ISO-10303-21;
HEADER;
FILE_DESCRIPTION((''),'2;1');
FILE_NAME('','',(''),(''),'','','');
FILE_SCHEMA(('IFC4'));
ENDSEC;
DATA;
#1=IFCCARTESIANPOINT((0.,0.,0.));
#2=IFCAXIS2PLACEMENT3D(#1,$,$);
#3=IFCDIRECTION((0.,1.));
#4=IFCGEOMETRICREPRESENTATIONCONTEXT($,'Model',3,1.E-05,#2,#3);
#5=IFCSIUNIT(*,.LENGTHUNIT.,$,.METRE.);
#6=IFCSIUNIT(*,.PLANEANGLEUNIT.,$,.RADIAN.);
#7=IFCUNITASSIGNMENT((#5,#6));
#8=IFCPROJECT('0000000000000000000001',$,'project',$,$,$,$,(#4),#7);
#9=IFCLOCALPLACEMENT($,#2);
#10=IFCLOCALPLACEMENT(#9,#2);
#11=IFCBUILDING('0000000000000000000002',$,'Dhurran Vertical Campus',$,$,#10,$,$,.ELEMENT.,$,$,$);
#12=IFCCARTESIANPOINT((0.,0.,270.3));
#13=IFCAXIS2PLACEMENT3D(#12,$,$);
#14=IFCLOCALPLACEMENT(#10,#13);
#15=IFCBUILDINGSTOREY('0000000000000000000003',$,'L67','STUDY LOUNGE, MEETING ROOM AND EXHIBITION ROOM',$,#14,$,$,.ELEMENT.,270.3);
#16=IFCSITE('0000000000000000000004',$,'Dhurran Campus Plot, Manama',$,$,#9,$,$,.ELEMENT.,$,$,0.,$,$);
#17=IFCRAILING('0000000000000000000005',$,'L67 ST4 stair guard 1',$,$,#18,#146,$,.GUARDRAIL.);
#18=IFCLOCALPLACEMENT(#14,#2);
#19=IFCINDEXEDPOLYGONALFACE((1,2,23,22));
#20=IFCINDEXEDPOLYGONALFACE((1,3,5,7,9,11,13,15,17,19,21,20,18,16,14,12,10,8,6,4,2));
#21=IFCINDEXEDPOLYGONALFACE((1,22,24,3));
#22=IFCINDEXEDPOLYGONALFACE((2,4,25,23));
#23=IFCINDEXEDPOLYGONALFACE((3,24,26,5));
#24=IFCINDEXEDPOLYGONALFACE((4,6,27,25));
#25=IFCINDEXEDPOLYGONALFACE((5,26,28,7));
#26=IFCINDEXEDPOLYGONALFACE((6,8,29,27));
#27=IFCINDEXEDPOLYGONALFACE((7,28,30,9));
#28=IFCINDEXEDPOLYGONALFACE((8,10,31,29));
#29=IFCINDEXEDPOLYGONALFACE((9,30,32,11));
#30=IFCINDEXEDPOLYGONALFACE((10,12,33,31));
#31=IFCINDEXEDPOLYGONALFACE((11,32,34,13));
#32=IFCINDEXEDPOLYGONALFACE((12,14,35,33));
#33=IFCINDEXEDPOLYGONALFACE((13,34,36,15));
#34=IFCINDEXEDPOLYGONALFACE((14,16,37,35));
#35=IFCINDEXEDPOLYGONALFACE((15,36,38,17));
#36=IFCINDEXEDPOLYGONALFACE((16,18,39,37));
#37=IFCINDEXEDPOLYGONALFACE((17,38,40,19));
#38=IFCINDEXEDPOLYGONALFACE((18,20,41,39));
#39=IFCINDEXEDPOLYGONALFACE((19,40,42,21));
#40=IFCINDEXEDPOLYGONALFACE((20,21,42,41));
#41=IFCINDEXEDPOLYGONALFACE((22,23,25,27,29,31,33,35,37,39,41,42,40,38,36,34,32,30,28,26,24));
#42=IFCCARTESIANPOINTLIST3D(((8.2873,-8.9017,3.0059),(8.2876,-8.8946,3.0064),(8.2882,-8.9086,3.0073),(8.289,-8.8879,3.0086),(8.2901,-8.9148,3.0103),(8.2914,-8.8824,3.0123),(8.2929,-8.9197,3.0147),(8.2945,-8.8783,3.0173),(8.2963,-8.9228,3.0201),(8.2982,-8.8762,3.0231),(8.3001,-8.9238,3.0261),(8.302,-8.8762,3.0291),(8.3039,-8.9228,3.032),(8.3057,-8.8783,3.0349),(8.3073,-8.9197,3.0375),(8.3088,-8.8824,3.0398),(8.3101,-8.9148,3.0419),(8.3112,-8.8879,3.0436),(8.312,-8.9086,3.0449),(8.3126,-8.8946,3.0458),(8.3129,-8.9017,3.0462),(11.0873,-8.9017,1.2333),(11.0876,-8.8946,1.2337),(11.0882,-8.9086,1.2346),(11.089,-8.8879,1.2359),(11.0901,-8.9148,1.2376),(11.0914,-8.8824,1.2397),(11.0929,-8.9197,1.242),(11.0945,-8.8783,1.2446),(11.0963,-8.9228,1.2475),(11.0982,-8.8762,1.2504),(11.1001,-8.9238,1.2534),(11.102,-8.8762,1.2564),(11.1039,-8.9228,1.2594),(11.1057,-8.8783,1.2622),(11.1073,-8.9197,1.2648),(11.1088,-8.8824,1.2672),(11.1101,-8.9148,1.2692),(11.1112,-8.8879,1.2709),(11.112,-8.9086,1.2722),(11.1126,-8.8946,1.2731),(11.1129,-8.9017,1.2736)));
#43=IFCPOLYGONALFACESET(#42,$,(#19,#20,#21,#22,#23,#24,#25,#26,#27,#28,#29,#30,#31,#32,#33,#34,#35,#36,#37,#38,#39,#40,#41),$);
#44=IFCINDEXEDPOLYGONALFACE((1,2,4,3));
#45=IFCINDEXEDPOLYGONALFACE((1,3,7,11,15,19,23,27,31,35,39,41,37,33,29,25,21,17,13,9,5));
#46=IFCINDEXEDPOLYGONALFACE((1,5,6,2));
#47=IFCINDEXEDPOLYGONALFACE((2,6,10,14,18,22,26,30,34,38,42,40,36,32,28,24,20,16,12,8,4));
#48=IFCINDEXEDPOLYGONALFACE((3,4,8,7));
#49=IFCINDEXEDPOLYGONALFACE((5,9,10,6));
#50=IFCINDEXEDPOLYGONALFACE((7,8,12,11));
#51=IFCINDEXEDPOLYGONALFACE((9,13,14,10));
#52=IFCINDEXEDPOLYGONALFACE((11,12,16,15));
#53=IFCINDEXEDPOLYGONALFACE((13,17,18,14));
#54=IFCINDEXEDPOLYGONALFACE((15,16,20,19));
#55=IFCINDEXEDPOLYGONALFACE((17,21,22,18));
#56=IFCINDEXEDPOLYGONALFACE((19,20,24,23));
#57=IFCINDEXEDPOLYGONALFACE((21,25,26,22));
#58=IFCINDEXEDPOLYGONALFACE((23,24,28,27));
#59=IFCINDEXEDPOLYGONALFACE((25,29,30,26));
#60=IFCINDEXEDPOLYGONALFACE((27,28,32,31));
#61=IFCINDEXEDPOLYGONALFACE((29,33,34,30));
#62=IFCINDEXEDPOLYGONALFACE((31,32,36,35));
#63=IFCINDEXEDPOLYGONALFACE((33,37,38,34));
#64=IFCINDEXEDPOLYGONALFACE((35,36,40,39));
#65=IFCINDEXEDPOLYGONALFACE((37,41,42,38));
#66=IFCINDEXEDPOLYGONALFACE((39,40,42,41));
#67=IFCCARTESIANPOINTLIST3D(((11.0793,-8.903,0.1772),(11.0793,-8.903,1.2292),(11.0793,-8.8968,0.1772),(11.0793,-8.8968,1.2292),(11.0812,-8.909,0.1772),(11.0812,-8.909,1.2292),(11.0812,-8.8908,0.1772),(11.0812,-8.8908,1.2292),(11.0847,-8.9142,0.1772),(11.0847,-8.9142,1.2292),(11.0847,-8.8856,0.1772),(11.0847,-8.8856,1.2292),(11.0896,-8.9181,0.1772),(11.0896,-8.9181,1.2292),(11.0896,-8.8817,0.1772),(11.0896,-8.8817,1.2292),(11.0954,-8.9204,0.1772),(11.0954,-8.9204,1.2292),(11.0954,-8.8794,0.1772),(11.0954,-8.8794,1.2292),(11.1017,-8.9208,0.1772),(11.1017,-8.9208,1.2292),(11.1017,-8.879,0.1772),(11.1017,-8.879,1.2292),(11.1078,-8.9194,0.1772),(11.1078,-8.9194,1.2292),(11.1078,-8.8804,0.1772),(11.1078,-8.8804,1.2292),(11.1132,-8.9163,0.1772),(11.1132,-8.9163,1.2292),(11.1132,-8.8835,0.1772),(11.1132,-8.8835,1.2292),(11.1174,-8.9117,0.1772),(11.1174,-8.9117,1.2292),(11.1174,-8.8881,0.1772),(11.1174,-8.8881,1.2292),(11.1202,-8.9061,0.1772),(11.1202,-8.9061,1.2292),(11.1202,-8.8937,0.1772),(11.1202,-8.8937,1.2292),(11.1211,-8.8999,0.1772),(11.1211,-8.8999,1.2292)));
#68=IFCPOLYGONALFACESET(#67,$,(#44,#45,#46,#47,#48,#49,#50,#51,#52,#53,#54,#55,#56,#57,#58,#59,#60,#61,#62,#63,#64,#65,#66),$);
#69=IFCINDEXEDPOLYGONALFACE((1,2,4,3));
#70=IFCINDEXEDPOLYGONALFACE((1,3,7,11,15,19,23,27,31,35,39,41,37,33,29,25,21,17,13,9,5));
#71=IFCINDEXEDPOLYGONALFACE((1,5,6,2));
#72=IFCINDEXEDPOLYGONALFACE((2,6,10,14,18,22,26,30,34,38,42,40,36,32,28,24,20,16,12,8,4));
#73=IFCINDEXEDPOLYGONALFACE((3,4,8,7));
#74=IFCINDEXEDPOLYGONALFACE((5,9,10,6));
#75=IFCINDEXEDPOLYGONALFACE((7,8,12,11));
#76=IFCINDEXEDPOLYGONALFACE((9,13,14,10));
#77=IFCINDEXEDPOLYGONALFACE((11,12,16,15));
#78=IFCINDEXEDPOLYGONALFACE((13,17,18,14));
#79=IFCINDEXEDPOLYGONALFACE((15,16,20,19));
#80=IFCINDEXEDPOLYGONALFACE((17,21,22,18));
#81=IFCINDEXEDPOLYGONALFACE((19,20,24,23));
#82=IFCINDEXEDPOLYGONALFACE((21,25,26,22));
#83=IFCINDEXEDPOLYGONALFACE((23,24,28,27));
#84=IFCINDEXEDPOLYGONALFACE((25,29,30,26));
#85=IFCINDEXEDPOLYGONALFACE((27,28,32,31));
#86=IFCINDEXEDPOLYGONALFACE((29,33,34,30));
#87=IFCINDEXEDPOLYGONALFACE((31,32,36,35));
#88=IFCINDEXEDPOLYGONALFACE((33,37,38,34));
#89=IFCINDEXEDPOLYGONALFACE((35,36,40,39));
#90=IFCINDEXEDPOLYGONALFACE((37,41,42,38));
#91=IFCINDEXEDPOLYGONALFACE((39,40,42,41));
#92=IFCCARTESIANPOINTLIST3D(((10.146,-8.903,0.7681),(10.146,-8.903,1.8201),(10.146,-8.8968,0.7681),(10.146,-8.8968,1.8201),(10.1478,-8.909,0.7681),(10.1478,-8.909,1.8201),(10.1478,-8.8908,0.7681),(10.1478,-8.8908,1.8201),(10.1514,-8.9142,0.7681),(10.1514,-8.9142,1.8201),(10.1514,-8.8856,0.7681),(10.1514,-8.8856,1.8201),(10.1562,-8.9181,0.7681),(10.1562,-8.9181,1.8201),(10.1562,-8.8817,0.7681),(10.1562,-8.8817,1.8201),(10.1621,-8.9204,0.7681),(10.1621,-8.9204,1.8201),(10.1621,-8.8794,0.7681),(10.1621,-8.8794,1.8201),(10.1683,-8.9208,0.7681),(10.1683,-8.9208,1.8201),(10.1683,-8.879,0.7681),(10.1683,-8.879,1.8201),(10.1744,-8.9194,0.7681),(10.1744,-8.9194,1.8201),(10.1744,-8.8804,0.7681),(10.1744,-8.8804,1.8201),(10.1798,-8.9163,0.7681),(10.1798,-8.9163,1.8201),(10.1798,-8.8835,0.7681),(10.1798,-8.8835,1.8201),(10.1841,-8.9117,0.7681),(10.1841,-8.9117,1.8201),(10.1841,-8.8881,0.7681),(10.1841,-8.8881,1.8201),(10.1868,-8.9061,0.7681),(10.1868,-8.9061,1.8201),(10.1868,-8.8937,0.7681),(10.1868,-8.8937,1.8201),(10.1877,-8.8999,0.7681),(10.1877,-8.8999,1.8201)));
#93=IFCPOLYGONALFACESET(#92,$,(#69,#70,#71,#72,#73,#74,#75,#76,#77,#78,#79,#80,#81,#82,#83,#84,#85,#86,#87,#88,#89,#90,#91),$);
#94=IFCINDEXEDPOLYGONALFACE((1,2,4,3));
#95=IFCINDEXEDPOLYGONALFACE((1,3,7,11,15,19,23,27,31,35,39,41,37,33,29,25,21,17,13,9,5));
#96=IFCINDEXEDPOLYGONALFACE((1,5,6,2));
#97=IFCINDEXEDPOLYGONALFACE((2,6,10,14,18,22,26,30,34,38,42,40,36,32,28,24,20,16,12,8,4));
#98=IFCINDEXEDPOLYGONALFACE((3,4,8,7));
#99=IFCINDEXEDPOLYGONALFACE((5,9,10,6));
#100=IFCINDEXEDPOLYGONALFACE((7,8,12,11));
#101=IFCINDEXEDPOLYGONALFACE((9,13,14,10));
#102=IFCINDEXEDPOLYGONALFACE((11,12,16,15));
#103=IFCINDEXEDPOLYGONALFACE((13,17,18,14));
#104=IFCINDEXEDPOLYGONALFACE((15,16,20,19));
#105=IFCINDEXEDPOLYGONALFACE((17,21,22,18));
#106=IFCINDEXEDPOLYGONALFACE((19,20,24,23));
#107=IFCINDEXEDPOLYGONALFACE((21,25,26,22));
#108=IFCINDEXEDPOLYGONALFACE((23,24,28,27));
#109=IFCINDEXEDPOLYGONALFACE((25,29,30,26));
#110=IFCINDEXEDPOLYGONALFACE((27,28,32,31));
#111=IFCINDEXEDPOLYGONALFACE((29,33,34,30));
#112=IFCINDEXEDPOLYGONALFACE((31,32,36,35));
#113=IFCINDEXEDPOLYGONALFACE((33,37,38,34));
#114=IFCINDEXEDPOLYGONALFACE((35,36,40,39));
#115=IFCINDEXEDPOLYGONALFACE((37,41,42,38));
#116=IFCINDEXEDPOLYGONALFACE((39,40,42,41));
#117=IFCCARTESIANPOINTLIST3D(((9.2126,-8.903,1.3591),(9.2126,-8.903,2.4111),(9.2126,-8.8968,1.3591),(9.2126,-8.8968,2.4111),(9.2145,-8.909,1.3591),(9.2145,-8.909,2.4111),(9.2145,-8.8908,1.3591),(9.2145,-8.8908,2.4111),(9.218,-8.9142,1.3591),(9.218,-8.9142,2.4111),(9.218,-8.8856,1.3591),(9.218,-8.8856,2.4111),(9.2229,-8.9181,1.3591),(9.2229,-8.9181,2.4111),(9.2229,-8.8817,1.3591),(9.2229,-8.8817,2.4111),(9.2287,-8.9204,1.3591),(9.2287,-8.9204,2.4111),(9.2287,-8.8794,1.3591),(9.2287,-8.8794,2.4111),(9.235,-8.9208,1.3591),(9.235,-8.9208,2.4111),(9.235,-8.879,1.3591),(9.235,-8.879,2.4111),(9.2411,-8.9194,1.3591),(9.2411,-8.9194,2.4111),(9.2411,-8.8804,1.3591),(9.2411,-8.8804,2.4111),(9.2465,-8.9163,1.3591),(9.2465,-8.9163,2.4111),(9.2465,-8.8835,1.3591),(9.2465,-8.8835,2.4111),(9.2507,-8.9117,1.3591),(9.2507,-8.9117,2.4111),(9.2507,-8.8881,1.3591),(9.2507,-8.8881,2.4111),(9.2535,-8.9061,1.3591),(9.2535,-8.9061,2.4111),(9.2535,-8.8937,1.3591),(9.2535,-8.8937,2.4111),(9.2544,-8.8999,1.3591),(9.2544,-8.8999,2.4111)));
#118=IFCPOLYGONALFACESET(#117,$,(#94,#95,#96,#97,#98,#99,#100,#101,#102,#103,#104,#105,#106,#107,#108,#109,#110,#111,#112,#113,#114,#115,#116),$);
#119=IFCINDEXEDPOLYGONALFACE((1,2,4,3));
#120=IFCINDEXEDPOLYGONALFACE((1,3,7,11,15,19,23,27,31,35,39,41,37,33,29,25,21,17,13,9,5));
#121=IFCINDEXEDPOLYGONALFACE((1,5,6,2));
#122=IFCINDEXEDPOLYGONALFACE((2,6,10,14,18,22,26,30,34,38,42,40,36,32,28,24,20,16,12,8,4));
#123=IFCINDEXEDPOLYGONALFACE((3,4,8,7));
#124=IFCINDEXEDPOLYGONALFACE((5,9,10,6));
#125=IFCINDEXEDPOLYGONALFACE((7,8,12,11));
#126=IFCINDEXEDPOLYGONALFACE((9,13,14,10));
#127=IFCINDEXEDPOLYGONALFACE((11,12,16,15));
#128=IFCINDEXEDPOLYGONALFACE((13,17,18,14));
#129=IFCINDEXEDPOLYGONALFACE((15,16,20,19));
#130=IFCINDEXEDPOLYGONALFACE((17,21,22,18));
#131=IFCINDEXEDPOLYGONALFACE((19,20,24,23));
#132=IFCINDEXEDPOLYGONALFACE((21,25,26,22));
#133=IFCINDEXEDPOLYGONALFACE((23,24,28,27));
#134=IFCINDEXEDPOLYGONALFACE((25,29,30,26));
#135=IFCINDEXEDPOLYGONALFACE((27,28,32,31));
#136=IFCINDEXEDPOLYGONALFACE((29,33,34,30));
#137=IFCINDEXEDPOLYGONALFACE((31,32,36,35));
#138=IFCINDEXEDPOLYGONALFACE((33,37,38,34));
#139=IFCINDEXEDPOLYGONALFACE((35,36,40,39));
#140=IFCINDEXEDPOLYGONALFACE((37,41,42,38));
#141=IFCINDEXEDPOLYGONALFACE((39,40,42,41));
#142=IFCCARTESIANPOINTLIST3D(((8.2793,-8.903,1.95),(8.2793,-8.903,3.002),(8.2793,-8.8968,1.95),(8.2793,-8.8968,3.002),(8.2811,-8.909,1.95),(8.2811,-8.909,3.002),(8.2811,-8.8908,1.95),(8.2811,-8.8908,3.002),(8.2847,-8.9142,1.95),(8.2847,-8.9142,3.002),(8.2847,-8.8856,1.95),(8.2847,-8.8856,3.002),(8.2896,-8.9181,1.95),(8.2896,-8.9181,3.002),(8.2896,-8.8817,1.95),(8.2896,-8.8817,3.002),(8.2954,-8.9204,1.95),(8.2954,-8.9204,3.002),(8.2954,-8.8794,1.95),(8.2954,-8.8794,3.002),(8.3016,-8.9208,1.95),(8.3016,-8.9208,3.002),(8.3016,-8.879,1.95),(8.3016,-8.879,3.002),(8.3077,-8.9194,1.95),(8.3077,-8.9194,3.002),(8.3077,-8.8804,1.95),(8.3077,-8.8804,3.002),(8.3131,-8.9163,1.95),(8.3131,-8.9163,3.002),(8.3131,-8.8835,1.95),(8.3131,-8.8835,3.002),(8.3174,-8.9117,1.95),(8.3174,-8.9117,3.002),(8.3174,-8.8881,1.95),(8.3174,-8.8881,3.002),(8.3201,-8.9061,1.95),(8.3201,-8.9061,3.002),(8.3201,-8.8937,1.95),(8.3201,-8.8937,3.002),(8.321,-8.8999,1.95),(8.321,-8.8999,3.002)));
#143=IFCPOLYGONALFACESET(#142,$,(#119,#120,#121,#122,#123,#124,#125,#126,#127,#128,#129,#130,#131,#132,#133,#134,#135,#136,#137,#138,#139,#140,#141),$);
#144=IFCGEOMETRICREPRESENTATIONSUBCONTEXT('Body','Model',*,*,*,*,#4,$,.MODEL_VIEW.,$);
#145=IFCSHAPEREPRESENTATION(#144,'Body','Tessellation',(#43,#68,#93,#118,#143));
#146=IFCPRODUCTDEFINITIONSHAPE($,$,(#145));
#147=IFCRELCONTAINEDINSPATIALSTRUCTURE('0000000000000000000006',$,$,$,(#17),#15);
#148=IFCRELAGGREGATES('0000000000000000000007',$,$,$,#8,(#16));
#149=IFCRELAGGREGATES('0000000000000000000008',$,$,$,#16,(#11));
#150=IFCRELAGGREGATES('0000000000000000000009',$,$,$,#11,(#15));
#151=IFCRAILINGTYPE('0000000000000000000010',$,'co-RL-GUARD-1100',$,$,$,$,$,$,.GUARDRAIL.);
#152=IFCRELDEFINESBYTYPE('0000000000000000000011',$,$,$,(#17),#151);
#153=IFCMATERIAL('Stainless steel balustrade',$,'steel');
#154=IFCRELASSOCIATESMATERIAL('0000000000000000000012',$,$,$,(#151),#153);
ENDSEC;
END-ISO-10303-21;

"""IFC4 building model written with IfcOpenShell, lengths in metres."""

from ifc_helpers import new_model, si_unit, direction, frame, origin, origin_2d, place, context, subcontext, project, spatial, circle, extrude, material, type_object, element, save


model = new_model("IFC4")

# Units and contexts
model_context = context("Model", 3, precision=1e-05, world=origin(), true_north=direction((0.0, 1.0)))
body_context = subcontext(model_context, "Body", "Model", "MODEL_VIEW")
ifc_project = project(units=[si_unit("LENGTHUNIT", "METRE"), si_unit("PLANEANGLEUNIT", "RADIAN")], contexts=[model_context])

# Site, building, storey
site_placement = place(None, origin())
site = spatial("IfcSite", under=ifc_project, at=site_placement, Name="Dhurran Campus Plot, Manama", CompositionType="ELEMENT", RefElevation=0.0)
building_placement = place(site_placement, origin())
building = spatial("IfcBuilding", under=site, at=building_placement, Name="Dhurran Vertical Campus", CompositionType="ELEMENT")
storey_placement = place(building_placement, frame((0.0, 0.0, 270.3)))
storey = spatial("IfcBuildingStorey", under=building, at=storey_placement, Name="L67", Description="STUDY LOUNGE, MEETING ROOM AND EXHIBITION ROOM", CompositionType="ELEMENT", Elevation=270.3)

# Railing
ifc_material_1 = material(Name="Stainless steel balustrade", Category="steel")
railing_type_1 = type_object("IfcRailingType", Name="co-RL-GUARD-1100", PredefinedType="GUARDRAIL", material=ifc_material_1)
railing_1_placement = place(storey_placement, frame((11.1001, -8.8999, 0.1772)))
element("IfcRailing", 1, at=railing_1_placement, inside=storey, type_object=railing_type_1, Name="L67 ST4 stair guard 1", PredefinedType="GUARDRAIL", context=body_context, shape_type="SweptSolid", body=[
    extrude(circle(Radius=0.0239, at=origin_2d()), frame((0.0, 0.0, 1.0762), z_axis=(-0.844909, 0.0, 0.53491), x_axis=(0.0, -1.0, 0.0)), (0.0, 0.0, 1.0), 3.314),
    extrude(circle(Radius=0.021, at=origin_2d()), origin(), (0.0, 0.0, 1.0), 1.052),
    extrude(circle(Radius=0.021, at=origin_2d()), frame((-0.9333, 0.0, 0.5908)), (0.0, 0.0, 1.0), 1.052),
    extrude(circle(Radius=0.021, at=origin_2d()), frame((-1.8667, 0.0, 1.1819)), (0.0, 0.0, 1.0), 1.052),
    extrude(circle(Radius=0.021, at=origin_2d()), frame((-2.8, 0.0, 1.7727)), (0.0, 0.0, 1.0), 1.052),
])

save(model, "model.ifc")
